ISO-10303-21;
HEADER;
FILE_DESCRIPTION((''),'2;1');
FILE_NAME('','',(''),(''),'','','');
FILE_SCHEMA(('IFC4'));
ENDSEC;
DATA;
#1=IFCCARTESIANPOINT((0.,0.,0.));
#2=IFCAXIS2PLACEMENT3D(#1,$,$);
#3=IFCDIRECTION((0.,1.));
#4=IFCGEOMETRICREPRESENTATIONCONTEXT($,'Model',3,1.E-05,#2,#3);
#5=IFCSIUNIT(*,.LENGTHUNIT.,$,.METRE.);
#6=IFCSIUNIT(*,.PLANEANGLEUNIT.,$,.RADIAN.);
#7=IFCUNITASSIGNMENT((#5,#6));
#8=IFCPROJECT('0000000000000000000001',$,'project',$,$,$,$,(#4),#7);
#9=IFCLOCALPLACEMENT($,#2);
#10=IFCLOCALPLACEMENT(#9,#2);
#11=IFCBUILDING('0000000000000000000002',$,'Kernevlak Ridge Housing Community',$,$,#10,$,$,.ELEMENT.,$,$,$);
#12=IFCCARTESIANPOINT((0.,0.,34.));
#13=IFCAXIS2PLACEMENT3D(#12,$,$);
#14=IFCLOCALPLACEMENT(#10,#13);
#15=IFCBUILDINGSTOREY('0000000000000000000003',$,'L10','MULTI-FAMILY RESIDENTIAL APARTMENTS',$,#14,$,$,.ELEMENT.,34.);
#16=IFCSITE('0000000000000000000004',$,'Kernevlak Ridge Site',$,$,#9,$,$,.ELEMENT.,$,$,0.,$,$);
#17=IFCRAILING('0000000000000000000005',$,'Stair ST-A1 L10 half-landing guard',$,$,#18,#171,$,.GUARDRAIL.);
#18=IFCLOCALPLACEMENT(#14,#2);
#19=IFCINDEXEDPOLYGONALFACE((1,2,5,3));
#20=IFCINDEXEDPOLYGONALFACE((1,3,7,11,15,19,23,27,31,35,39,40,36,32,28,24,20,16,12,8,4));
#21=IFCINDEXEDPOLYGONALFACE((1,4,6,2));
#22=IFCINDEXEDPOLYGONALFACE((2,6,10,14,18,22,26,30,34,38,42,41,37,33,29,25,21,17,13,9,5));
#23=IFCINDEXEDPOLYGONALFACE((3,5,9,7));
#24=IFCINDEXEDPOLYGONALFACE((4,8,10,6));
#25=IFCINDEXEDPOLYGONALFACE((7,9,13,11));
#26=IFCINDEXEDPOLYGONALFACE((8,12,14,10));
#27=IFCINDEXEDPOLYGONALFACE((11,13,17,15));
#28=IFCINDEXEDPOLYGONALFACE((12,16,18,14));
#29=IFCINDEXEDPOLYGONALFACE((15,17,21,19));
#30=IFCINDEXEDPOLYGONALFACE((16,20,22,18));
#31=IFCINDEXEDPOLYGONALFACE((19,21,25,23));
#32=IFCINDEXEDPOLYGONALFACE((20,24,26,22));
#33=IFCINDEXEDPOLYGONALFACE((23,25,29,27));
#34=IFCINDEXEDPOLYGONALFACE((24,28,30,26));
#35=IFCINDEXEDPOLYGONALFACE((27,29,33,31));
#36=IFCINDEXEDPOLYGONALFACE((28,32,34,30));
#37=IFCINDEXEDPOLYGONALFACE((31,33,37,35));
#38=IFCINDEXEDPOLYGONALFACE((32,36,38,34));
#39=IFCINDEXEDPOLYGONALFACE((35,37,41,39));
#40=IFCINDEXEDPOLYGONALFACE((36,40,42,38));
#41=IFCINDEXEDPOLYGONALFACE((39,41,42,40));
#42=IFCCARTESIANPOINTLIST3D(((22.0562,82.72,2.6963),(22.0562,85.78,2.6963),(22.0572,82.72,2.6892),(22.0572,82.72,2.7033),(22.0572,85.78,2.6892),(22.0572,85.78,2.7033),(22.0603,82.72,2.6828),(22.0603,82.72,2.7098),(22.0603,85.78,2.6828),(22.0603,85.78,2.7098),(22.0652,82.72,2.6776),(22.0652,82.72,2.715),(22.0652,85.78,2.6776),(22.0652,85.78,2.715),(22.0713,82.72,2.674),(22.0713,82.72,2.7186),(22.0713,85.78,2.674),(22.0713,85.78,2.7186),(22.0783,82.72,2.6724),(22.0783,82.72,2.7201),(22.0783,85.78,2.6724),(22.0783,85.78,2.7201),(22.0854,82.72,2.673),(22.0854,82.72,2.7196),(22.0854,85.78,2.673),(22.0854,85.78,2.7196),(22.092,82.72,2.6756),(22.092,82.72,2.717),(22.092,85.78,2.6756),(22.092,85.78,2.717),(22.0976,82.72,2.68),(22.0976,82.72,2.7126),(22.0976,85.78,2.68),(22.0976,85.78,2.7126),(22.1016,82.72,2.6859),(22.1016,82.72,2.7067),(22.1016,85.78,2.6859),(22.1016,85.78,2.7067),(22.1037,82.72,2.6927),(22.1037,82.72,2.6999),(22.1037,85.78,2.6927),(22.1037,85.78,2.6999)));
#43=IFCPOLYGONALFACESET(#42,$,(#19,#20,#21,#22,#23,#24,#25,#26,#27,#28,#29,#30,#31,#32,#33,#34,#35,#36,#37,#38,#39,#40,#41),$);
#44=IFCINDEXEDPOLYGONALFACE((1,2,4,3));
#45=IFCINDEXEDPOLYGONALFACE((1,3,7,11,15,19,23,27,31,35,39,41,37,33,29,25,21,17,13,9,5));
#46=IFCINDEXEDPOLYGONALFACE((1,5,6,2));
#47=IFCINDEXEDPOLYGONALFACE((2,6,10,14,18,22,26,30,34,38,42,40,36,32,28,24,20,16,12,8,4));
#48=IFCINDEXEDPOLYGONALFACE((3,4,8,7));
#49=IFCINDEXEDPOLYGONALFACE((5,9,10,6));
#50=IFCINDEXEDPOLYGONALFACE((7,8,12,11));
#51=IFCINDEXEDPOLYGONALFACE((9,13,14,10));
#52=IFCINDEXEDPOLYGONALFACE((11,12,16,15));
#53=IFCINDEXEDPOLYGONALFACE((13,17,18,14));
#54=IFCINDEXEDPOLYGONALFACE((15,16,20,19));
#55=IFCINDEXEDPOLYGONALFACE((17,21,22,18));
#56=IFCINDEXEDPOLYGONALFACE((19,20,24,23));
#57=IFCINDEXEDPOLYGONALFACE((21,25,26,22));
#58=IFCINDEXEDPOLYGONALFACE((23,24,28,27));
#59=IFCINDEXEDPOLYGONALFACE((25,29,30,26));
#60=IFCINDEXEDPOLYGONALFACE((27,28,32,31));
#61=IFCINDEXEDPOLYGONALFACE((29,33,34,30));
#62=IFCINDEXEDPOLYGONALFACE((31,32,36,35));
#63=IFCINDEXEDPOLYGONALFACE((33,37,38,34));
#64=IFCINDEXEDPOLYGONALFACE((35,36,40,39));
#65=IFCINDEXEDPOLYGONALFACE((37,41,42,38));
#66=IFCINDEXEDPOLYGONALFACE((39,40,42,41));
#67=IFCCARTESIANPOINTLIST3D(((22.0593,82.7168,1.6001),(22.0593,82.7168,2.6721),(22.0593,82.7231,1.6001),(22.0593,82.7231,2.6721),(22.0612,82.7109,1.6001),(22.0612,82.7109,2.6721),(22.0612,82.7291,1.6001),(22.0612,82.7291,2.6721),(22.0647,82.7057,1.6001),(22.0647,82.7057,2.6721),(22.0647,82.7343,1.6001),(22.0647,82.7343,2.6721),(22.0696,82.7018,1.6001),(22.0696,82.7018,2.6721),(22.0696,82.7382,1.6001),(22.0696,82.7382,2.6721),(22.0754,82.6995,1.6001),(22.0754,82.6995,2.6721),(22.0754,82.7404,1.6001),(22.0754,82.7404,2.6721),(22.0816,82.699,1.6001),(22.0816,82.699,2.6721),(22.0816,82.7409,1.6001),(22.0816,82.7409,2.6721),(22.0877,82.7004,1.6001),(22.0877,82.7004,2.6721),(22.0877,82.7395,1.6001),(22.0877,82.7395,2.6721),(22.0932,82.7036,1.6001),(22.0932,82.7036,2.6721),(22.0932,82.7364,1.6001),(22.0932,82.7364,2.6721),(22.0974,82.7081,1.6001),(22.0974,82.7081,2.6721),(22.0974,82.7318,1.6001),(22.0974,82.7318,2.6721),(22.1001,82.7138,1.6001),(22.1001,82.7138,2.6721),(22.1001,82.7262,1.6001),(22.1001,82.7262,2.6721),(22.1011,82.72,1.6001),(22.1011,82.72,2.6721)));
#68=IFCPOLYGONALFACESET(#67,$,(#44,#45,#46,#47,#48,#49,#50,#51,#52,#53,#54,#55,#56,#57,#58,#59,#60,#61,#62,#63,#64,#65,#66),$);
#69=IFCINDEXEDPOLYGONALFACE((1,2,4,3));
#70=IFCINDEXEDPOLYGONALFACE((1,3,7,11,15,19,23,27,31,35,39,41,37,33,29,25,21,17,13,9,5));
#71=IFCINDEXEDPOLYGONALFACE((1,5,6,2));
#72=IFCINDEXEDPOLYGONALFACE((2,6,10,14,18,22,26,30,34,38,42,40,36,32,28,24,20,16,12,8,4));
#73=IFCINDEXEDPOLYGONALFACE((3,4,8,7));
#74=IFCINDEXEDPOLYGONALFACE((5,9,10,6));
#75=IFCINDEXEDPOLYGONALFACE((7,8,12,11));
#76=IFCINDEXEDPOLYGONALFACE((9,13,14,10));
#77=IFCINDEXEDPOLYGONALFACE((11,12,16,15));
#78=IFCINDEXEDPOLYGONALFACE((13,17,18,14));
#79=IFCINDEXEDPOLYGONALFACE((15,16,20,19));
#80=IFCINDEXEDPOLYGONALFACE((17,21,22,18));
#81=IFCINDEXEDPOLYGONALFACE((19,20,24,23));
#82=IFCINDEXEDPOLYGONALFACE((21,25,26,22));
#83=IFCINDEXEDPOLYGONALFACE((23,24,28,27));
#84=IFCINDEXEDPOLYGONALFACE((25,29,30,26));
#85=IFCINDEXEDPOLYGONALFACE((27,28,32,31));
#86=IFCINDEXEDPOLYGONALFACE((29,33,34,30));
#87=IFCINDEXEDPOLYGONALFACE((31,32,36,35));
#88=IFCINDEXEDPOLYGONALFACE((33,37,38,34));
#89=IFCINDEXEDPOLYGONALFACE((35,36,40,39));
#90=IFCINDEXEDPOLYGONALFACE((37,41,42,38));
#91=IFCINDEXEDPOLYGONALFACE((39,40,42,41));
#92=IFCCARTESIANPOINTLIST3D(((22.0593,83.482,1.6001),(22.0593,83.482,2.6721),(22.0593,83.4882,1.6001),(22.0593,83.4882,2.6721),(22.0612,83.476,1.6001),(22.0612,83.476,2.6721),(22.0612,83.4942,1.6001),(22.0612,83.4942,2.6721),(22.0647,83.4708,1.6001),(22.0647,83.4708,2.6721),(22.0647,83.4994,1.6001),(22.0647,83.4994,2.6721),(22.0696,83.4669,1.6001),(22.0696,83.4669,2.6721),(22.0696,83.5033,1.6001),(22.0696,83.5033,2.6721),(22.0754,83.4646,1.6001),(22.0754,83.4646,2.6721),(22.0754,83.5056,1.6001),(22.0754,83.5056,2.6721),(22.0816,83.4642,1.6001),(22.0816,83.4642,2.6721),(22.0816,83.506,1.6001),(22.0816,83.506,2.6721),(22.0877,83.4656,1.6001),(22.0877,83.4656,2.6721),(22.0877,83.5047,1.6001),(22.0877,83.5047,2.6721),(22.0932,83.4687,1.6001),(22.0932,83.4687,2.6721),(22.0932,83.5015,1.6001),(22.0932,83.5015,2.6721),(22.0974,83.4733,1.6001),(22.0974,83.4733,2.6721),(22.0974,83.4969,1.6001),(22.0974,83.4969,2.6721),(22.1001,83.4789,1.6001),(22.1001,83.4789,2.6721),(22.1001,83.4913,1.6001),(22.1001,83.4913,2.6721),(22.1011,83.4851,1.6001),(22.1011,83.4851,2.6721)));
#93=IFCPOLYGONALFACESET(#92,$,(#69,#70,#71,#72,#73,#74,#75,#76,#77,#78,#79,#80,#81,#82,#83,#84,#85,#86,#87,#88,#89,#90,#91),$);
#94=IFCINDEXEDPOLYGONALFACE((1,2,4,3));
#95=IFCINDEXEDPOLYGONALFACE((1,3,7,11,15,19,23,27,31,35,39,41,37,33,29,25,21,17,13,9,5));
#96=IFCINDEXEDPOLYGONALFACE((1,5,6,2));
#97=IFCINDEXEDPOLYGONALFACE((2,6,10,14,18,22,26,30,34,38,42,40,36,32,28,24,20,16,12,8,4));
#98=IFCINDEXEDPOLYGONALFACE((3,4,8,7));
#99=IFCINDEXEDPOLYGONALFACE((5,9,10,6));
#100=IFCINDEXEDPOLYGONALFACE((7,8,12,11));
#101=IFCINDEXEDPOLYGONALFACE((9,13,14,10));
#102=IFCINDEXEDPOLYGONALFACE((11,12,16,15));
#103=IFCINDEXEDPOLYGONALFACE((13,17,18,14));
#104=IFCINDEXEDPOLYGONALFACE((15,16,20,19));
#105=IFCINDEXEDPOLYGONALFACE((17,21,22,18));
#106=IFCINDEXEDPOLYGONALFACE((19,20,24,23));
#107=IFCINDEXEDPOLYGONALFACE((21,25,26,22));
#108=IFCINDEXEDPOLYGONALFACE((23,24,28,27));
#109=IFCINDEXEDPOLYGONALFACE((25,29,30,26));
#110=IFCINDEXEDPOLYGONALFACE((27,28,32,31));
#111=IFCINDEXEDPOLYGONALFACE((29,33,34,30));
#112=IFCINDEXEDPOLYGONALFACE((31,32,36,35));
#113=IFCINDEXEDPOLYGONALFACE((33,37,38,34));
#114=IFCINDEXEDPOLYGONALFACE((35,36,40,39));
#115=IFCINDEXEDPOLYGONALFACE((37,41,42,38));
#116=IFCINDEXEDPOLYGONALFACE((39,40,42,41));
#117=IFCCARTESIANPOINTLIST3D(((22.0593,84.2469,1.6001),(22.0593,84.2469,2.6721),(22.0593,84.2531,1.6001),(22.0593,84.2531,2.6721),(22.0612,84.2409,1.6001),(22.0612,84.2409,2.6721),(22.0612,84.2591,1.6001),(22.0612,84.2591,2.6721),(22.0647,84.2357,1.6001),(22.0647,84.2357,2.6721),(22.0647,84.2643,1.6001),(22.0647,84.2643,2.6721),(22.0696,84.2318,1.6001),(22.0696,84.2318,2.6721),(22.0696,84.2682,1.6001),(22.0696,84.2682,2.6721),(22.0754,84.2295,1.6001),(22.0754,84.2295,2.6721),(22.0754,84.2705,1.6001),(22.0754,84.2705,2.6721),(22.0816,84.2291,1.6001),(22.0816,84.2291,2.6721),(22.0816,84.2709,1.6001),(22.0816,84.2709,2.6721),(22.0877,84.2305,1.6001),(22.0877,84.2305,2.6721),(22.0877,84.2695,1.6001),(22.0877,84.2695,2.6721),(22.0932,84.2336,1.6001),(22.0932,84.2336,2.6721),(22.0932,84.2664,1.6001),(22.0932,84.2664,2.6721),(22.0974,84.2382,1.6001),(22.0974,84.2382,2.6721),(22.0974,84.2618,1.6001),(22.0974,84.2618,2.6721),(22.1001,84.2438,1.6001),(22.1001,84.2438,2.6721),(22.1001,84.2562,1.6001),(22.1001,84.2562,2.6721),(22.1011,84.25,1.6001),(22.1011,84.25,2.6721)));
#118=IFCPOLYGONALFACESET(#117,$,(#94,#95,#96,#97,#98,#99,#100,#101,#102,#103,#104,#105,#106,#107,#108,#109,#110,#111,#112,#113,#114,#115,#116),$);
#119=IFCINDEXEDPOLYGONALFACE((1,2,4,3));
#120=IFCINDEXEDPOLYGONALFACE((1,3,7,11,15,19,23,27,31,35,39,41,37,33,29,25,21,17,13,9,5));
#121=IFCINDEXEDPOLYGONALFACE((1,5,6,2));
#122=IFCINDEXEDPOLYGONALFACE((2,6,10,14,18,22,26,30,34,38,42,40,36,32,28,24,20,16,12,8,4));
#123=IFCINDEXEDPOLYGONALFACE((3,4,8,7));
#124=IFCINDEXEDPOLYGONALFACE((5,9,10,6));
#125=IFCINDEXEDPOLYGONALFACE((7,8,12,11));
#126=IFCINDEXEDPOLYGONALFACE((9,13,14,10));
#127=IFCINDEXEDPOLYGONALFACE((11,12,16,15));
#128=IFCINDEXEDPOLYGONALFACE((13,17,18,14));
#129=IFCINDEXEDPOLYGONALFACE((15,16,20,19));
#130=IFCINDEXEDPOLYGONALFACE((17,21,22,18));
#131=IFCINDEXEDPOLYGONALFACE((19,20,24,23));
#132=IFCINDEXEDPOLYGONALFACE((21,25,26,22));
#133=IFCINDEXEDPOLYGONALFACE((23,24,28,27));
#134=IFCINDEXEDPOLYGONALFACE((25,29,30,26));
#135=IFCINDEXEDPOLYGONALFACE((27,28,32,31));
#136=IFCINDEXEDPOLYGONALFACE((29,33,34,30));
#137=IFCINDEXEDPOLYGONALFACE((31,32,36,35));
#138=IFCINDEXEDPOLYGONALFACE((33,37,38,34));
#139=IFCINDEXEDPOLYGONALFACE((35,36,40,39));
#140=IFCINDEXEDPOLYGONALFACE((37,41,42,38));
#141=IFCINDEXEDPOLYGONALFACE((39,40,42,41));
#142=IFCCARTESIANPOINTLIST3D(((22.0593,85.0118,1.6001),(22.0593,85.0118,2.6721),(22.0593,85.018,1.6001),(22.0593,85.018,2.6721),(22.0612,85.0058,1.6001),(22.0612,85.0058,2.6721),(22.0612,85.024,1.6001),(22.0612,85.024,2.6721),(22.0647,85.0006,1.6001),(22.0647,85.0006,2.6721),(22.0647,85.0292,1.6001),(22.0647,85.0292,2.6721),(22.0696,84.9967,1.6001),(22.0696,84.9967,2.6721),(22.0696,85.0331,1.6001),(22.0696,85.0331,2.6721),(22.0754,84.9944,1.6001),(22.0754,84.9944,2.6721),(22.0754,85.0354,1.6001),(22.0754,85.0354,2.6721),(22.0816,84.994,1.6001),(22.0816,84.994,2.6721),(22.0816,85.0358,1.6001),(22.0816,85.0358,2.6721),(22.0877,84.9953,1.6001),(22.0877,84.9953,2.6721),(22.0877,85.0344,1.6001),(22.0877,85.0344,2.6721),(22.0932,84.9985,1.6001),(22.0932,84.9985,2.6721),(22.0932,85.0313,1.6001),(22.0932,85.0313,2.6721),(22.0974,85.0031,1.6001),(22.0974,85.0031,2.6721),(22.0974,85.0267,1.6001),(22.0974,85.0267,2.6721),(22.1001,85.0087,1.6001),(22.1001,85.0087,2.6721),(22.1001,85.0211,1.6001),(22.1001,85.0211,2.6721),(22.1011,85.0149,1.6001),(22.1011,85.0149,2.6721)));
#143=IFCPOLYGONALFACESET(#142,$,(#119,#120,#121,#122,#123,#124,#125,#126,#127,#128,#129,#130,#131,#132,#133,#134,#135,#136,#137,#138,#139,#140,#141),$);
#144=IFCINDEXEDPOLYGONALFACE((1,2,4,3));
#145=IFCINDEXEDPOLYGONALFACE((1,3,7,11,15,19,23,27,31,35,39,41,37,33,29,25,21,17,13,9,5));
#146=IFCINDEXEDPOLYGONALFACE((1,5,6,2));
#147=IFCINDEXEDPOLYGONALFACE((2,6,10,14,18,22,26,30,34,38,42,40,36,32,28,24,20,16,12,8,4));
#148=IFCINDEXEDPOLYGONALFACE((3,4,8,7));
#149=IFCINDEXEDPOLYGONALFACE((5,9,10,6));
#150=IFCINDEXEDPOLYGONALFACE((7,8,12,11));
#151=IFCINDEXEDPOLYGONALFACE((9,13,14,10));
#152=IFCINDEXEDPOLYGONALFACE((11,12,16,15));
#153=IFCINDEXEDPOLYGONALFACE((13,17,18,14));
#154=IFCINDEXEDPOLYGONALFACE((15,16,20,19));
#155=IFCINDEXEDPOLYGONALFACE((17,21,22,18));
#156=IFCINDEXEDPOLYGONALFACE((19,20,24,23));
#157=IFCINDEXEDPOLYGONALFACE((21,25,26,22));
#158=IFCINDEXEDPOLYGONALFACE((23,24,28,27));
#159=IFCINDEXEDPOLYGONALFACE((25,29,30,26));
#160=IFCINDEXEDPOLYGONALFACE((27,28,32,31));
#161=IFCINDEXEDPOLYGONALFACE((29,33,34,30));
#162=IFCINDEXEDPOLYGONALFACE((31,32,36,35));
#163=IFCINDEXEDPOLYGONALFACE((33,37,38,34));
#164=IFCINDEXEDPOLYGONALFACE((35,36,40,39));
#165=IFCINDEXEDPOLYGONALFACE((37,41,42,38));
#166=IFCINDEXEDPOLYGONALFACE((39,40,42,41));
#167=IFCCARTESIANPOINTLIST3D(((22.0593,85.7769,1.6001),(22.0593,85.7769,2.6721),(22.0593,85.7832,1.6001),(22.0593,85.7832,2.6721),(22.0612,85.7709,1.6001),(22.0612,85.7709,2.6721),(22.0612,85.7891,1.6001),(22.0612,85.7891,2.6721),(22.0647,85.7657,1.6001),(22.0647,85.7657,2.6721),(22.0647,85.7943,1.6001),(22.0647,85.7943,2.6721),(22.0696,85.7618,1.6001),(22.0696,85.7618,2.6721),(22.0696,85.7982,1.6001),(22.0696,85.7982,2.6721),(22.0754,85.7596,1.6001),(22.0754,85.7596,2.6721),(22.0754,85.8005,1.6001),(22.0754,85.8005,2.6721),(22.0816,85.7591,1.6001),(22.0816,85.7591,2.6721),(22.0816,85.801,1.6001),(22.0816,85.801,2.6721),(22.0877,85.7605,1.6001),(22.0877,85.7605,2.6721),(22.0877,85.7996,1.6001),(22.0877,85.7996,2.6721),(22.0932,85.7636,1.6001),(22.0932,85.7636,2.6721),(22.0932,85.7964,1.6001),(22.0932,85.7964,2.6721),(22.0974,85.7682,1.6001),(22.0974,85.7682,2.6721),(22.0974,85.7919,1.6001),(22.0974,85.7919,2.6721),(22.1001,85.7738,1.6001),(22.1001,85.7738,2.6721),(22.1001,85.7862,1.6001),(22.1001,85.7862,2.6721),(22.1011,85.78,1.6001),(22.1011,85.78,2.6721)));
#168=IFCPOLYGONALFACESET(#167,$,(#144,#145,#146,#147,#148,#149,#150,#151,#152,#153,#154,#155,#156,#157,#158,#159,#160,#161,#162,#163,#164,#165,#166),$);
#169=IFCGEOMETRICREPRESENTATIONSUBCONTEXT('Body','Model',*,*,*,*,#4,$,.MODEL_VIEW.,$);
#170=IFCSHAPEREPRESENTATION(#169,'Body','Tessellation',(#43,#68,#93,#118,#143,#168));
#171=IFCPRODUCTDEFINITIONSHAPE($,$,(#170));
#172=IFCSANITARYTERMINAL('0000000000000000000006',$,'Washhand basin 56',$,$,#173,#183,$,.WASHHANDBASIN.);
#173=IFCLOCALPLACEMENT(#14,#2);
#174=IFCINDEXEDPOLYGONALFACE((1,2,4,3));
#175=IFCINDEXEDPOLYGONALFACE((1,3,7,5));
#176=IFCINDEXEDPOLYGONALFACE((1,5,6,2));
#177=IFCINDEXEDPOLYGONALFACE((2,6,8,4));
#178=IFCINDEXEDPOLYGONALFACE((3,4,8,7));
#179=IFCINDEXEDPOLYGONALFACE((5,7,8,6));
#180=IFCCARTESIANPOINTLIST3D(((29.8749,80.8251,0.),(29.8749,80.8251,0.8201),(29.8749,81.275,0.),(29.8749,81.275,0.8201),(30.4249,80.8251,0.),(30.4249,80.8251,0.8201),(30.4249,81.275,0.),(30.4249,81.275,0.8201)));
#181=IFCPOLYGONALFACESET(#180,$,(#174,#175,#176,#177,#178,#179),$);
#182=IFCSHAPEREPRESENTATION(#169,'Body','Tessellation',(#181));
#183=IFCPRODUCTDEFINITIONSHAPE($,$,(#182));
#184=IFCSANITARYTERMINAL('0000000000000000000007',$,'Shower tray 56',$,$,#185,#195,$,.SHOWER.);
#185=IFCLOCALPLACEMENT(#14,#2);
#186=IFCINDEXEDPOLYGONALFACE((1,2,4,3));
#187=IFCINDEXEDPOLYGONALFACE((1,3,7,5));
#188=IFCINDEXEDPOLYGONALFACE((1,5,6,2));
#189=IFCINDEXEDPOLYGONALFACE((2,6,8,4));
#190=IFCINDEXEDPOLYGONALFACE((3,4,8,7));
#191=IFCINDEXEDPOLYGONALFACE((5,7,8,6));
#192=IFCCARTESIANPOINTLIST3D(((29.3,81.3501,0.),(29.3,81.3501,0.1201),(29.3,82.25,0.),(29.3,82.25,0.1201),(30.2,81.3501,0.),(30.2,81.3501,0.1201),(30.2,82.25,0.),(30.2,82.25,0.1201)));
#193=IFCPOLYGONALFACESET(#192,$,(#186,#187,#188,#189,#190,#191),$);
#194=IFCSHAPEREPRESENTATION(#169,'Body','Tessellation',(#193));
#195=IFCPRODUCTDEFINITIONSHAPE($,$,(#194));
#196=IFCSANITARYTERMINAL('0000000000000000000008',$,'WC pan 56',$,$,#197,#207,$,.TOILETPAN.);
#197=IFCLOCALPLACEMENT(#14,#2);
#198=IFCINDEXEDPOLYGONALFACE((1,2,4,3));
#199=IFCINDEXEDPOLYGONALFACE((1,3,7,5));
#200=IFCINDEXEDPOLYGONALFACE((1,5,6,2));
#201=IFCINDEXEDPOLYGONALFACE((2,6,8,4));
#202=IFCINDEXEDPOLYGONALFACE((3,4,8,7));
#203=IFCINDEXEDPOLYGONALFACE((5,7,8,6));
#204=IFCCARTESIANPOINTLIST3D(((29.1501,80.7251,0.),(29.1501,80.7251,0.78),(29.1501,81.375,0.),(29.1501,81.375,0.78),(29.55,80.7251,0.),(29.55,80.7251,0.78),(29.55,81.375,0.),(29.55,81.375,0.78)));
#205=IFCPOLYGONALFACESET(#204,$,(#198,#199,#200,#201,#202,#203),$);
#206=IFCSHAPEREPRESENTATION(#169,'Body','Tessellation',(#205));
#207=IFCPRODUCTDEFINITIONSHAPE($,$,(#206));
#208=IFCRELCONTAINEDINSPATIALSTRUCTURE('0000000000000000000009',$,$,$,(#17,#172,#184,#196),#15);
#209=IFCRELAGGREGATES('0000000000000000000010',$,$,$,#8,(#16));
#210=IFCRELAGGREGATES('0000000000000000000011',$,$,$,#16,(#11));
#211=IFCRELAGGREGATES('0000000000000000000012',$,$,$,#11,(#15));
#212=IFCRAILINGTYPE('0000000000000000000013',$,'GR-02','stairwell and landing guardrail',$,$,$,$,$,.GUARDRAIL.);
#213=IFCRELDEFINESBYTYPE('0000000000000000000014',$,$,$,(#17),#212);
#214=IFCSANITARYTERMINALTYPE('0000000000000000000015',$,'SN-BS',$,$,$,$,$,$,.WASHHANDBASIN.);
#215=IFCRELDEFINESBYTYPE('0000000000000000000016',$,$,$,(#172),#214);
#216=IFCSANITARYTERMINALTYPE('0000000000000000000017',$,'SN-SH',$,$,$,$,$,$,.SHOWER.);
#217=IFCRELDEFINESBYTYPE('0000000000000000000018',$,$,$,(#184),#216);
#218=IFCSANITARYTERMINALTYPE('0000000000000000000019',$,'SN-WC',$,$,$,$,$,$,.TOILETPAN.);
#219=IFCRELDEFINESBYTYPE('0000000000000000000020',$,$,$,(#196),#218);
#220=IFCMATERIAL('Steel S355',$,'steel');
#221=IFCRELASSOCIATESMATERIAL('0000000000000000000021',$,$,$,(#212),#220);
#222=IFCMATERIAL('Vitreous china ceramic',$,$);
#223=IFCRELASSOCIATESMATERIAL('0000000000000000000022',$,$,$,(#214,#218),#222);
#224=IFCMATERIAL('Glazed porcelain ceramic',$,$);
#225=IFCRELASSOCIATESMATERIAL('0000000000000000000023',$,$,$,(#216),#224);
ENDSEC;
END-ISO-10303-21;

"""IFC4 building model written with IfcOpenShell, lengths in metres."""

from ifc_helpers import new_model, si_unit, direction, frame, origin, origin_2d, place, context, subcontext, project, spatial, rectangle, circle, extrude, material, type_object, element, save


model = new_model("IFC4")

# Units and contexts
model_context = context("Model", 3, precision=1e-05, world=origin(), true_north=direction((0.0, 1.0)))
body_context = subcontext(model_context, "Body", "Model", "MODEL_VIEW")
ifc_project = project(units=[si_unit("LENGTHUNIT", "METRE"), si_unit("PLANEANGLEUNIT", "RADIAN")], contexts=[model_context])

# Site, building, storey
site_placement = place(None, origin())
site = spatial("IfcSite", under=ifc_project, at=site_placement, Name="Kernevlak Ridge Site", CompositionType="ELEMENT", RefElevation=0.0)
building_placement = place(site_placement, origin())
building = spatial("IfcBuilding", under=site, at=building_placement, Name="Kernevlak Ridge Housing Community", CompositionType="ELEMENT")
storey_placement = place(building_placement, frame((0.0, 0.0, 34.0)))
storey = spatial("IfcBuildingStorey", under=building, at=storey_placement, Name="L10", Description="MULTI-FAMILY RESIDENTIAL APARTMENTS", CompositionType="ELEMENT", Elevation=34.0)

# Railing
ifc_material_1 = material(Name="Steel S355", Category="steel")
railing_type = type_object("IfcRailingType", Name="GR-02", Description="stairwell and landing guardrail", PredefinedType="GUARDRAIL", material=ifc_material_1)
railing_placement = place(storey_placement, frame((22.0801, 82.72, 1.6001)))
element("IfcRailing", 1, at=railing_placement, inside=storey, type_object=railing_type, Name="Stair ST-A1 L10 half-landing guard", PredefinedType="GUARDRAIL", context=body_context, shape_type="SweptSolid", body=[
    extrude(circle(Radius=0.0239, at=origin_2d()), frame((0.0, 0.0, 1.0962), z_axis=(0.0, 1.0, 0.0), x_axis=(-1.0, 0.0, 0.0)), (0.0, 0.0, 1.0), 3.0601),
    extrude(circle(Radius=0.021, at=origin_2d()), origin(), (0.0, 0.0, 1.0), 1.072),
    extrude(circle(Radius=0.021, at=origin_2d()), frame((0.0, 0.7651, 0.0)), (0.0, 0.0, 1.0), 1.072),
    extrude(circle(Radius=0.021, at=origin_2d()), frame((0.0, 1.53, 0.0)), (0.0, 0.0, 1.0), 1.072),
    extrude(circle(Radius=0.021, at=origin_2d()), frame((0.0, 2.2949, 0.0)), (0.0, 0.0, 1.0), 1.072),
    extrude(circle(Radius=0.021, at=origin_2d()), frame((0.0, 3.0601, 0.0)), (0.0, 0.0, 1.0), 1.072),
])

# Sanitary terminals
ifc_material_2 = material(Name="Vitreous china ceramic")
sanitary_terminal_type_1 = type_object("IfcSanitaryTerminalType", Name="SN-BS", PredefinedType="WASHHANDBASIN", material=ifc_material_2)
sanitary_terminal_1_placement = place(storey_placement, frame((30.1499, 81.05, 0.0), z_axis=(0.0, 0.0, 1.0), x_axis=(1.0, 0.0, 0.0)))
element("IfcSanitaryTerminal", 2, at=sanitary_terminal_1_placement, inside=storey, type_object=sanitary_terminal_type_1, Name="Washhand basin 56", PredefinedType="WASHHANDBASIN", context=body_context, shape_type="SweptSolid", body=[
    extrude(rectangle(XDim=0.55, YDim=0.45, at=origin_2d()), origin(), (0.0, 0.0, 1.0), 0.8201),
])
ifc_material_3 = material(Name="Glazed porcelain ceramic")
sanitary_terminal_type_2 = type_object("IfcSanitaryTerminalType", Name="SN-SH", PredefinedType="SHOWER", material=ifc_material_3)
sanitary_terminal_2_placement = place(storey_placement, frame((29.75, 81.8, 0.0), z_axis=(0.0, 0.0, 1.0), x_axis=(1.0, 0.0, 0.0)))
element("IfcSanitaryTerminal", 3, at=sanitary_terminal_2_placement, inside=storey, type_object=sanitary_terminal_type_2, Name="Shower tray 56", PredefinedType="SHOWER", context=body_context, shape_type="SweptSolid", body=[
    extrude(rectangle(XDim=0.8999, YDim=0.8999, at=origin_2d()), origin(), (0.0, 0.0, 1.0), 0.1201),
])
sanitary_terminal_type_3 = type_object("IfcSanitaryTerminalType", Name="SN-WC", PredefinedType="TOILETPAN", material=ifc_material_2)
sanitary_terminal_3_placement = place(storey_placement, frame((29.3501, 81.05, 0.0), z_axis=(0.0, 0.0, 1.0), x_axis=(1.0, 0.0, 0.0)))
element("IfcSanitaryTerminal", 4, at=sanitary_terminal_3_placement, inside=storey, type_object=sanitary_terminal_type_3, Name="WC pan 56", PredefinedType="TOILETPAN", context=body_context, shape_type="SweptSolid", body=[
    extrude(rectangle(XDim=0.3999, YDim=0.6499, at=origin_2d()), origin(), (0.0, 0.0, 1.0), 0.78),
])

save(model, "model.ifc")
